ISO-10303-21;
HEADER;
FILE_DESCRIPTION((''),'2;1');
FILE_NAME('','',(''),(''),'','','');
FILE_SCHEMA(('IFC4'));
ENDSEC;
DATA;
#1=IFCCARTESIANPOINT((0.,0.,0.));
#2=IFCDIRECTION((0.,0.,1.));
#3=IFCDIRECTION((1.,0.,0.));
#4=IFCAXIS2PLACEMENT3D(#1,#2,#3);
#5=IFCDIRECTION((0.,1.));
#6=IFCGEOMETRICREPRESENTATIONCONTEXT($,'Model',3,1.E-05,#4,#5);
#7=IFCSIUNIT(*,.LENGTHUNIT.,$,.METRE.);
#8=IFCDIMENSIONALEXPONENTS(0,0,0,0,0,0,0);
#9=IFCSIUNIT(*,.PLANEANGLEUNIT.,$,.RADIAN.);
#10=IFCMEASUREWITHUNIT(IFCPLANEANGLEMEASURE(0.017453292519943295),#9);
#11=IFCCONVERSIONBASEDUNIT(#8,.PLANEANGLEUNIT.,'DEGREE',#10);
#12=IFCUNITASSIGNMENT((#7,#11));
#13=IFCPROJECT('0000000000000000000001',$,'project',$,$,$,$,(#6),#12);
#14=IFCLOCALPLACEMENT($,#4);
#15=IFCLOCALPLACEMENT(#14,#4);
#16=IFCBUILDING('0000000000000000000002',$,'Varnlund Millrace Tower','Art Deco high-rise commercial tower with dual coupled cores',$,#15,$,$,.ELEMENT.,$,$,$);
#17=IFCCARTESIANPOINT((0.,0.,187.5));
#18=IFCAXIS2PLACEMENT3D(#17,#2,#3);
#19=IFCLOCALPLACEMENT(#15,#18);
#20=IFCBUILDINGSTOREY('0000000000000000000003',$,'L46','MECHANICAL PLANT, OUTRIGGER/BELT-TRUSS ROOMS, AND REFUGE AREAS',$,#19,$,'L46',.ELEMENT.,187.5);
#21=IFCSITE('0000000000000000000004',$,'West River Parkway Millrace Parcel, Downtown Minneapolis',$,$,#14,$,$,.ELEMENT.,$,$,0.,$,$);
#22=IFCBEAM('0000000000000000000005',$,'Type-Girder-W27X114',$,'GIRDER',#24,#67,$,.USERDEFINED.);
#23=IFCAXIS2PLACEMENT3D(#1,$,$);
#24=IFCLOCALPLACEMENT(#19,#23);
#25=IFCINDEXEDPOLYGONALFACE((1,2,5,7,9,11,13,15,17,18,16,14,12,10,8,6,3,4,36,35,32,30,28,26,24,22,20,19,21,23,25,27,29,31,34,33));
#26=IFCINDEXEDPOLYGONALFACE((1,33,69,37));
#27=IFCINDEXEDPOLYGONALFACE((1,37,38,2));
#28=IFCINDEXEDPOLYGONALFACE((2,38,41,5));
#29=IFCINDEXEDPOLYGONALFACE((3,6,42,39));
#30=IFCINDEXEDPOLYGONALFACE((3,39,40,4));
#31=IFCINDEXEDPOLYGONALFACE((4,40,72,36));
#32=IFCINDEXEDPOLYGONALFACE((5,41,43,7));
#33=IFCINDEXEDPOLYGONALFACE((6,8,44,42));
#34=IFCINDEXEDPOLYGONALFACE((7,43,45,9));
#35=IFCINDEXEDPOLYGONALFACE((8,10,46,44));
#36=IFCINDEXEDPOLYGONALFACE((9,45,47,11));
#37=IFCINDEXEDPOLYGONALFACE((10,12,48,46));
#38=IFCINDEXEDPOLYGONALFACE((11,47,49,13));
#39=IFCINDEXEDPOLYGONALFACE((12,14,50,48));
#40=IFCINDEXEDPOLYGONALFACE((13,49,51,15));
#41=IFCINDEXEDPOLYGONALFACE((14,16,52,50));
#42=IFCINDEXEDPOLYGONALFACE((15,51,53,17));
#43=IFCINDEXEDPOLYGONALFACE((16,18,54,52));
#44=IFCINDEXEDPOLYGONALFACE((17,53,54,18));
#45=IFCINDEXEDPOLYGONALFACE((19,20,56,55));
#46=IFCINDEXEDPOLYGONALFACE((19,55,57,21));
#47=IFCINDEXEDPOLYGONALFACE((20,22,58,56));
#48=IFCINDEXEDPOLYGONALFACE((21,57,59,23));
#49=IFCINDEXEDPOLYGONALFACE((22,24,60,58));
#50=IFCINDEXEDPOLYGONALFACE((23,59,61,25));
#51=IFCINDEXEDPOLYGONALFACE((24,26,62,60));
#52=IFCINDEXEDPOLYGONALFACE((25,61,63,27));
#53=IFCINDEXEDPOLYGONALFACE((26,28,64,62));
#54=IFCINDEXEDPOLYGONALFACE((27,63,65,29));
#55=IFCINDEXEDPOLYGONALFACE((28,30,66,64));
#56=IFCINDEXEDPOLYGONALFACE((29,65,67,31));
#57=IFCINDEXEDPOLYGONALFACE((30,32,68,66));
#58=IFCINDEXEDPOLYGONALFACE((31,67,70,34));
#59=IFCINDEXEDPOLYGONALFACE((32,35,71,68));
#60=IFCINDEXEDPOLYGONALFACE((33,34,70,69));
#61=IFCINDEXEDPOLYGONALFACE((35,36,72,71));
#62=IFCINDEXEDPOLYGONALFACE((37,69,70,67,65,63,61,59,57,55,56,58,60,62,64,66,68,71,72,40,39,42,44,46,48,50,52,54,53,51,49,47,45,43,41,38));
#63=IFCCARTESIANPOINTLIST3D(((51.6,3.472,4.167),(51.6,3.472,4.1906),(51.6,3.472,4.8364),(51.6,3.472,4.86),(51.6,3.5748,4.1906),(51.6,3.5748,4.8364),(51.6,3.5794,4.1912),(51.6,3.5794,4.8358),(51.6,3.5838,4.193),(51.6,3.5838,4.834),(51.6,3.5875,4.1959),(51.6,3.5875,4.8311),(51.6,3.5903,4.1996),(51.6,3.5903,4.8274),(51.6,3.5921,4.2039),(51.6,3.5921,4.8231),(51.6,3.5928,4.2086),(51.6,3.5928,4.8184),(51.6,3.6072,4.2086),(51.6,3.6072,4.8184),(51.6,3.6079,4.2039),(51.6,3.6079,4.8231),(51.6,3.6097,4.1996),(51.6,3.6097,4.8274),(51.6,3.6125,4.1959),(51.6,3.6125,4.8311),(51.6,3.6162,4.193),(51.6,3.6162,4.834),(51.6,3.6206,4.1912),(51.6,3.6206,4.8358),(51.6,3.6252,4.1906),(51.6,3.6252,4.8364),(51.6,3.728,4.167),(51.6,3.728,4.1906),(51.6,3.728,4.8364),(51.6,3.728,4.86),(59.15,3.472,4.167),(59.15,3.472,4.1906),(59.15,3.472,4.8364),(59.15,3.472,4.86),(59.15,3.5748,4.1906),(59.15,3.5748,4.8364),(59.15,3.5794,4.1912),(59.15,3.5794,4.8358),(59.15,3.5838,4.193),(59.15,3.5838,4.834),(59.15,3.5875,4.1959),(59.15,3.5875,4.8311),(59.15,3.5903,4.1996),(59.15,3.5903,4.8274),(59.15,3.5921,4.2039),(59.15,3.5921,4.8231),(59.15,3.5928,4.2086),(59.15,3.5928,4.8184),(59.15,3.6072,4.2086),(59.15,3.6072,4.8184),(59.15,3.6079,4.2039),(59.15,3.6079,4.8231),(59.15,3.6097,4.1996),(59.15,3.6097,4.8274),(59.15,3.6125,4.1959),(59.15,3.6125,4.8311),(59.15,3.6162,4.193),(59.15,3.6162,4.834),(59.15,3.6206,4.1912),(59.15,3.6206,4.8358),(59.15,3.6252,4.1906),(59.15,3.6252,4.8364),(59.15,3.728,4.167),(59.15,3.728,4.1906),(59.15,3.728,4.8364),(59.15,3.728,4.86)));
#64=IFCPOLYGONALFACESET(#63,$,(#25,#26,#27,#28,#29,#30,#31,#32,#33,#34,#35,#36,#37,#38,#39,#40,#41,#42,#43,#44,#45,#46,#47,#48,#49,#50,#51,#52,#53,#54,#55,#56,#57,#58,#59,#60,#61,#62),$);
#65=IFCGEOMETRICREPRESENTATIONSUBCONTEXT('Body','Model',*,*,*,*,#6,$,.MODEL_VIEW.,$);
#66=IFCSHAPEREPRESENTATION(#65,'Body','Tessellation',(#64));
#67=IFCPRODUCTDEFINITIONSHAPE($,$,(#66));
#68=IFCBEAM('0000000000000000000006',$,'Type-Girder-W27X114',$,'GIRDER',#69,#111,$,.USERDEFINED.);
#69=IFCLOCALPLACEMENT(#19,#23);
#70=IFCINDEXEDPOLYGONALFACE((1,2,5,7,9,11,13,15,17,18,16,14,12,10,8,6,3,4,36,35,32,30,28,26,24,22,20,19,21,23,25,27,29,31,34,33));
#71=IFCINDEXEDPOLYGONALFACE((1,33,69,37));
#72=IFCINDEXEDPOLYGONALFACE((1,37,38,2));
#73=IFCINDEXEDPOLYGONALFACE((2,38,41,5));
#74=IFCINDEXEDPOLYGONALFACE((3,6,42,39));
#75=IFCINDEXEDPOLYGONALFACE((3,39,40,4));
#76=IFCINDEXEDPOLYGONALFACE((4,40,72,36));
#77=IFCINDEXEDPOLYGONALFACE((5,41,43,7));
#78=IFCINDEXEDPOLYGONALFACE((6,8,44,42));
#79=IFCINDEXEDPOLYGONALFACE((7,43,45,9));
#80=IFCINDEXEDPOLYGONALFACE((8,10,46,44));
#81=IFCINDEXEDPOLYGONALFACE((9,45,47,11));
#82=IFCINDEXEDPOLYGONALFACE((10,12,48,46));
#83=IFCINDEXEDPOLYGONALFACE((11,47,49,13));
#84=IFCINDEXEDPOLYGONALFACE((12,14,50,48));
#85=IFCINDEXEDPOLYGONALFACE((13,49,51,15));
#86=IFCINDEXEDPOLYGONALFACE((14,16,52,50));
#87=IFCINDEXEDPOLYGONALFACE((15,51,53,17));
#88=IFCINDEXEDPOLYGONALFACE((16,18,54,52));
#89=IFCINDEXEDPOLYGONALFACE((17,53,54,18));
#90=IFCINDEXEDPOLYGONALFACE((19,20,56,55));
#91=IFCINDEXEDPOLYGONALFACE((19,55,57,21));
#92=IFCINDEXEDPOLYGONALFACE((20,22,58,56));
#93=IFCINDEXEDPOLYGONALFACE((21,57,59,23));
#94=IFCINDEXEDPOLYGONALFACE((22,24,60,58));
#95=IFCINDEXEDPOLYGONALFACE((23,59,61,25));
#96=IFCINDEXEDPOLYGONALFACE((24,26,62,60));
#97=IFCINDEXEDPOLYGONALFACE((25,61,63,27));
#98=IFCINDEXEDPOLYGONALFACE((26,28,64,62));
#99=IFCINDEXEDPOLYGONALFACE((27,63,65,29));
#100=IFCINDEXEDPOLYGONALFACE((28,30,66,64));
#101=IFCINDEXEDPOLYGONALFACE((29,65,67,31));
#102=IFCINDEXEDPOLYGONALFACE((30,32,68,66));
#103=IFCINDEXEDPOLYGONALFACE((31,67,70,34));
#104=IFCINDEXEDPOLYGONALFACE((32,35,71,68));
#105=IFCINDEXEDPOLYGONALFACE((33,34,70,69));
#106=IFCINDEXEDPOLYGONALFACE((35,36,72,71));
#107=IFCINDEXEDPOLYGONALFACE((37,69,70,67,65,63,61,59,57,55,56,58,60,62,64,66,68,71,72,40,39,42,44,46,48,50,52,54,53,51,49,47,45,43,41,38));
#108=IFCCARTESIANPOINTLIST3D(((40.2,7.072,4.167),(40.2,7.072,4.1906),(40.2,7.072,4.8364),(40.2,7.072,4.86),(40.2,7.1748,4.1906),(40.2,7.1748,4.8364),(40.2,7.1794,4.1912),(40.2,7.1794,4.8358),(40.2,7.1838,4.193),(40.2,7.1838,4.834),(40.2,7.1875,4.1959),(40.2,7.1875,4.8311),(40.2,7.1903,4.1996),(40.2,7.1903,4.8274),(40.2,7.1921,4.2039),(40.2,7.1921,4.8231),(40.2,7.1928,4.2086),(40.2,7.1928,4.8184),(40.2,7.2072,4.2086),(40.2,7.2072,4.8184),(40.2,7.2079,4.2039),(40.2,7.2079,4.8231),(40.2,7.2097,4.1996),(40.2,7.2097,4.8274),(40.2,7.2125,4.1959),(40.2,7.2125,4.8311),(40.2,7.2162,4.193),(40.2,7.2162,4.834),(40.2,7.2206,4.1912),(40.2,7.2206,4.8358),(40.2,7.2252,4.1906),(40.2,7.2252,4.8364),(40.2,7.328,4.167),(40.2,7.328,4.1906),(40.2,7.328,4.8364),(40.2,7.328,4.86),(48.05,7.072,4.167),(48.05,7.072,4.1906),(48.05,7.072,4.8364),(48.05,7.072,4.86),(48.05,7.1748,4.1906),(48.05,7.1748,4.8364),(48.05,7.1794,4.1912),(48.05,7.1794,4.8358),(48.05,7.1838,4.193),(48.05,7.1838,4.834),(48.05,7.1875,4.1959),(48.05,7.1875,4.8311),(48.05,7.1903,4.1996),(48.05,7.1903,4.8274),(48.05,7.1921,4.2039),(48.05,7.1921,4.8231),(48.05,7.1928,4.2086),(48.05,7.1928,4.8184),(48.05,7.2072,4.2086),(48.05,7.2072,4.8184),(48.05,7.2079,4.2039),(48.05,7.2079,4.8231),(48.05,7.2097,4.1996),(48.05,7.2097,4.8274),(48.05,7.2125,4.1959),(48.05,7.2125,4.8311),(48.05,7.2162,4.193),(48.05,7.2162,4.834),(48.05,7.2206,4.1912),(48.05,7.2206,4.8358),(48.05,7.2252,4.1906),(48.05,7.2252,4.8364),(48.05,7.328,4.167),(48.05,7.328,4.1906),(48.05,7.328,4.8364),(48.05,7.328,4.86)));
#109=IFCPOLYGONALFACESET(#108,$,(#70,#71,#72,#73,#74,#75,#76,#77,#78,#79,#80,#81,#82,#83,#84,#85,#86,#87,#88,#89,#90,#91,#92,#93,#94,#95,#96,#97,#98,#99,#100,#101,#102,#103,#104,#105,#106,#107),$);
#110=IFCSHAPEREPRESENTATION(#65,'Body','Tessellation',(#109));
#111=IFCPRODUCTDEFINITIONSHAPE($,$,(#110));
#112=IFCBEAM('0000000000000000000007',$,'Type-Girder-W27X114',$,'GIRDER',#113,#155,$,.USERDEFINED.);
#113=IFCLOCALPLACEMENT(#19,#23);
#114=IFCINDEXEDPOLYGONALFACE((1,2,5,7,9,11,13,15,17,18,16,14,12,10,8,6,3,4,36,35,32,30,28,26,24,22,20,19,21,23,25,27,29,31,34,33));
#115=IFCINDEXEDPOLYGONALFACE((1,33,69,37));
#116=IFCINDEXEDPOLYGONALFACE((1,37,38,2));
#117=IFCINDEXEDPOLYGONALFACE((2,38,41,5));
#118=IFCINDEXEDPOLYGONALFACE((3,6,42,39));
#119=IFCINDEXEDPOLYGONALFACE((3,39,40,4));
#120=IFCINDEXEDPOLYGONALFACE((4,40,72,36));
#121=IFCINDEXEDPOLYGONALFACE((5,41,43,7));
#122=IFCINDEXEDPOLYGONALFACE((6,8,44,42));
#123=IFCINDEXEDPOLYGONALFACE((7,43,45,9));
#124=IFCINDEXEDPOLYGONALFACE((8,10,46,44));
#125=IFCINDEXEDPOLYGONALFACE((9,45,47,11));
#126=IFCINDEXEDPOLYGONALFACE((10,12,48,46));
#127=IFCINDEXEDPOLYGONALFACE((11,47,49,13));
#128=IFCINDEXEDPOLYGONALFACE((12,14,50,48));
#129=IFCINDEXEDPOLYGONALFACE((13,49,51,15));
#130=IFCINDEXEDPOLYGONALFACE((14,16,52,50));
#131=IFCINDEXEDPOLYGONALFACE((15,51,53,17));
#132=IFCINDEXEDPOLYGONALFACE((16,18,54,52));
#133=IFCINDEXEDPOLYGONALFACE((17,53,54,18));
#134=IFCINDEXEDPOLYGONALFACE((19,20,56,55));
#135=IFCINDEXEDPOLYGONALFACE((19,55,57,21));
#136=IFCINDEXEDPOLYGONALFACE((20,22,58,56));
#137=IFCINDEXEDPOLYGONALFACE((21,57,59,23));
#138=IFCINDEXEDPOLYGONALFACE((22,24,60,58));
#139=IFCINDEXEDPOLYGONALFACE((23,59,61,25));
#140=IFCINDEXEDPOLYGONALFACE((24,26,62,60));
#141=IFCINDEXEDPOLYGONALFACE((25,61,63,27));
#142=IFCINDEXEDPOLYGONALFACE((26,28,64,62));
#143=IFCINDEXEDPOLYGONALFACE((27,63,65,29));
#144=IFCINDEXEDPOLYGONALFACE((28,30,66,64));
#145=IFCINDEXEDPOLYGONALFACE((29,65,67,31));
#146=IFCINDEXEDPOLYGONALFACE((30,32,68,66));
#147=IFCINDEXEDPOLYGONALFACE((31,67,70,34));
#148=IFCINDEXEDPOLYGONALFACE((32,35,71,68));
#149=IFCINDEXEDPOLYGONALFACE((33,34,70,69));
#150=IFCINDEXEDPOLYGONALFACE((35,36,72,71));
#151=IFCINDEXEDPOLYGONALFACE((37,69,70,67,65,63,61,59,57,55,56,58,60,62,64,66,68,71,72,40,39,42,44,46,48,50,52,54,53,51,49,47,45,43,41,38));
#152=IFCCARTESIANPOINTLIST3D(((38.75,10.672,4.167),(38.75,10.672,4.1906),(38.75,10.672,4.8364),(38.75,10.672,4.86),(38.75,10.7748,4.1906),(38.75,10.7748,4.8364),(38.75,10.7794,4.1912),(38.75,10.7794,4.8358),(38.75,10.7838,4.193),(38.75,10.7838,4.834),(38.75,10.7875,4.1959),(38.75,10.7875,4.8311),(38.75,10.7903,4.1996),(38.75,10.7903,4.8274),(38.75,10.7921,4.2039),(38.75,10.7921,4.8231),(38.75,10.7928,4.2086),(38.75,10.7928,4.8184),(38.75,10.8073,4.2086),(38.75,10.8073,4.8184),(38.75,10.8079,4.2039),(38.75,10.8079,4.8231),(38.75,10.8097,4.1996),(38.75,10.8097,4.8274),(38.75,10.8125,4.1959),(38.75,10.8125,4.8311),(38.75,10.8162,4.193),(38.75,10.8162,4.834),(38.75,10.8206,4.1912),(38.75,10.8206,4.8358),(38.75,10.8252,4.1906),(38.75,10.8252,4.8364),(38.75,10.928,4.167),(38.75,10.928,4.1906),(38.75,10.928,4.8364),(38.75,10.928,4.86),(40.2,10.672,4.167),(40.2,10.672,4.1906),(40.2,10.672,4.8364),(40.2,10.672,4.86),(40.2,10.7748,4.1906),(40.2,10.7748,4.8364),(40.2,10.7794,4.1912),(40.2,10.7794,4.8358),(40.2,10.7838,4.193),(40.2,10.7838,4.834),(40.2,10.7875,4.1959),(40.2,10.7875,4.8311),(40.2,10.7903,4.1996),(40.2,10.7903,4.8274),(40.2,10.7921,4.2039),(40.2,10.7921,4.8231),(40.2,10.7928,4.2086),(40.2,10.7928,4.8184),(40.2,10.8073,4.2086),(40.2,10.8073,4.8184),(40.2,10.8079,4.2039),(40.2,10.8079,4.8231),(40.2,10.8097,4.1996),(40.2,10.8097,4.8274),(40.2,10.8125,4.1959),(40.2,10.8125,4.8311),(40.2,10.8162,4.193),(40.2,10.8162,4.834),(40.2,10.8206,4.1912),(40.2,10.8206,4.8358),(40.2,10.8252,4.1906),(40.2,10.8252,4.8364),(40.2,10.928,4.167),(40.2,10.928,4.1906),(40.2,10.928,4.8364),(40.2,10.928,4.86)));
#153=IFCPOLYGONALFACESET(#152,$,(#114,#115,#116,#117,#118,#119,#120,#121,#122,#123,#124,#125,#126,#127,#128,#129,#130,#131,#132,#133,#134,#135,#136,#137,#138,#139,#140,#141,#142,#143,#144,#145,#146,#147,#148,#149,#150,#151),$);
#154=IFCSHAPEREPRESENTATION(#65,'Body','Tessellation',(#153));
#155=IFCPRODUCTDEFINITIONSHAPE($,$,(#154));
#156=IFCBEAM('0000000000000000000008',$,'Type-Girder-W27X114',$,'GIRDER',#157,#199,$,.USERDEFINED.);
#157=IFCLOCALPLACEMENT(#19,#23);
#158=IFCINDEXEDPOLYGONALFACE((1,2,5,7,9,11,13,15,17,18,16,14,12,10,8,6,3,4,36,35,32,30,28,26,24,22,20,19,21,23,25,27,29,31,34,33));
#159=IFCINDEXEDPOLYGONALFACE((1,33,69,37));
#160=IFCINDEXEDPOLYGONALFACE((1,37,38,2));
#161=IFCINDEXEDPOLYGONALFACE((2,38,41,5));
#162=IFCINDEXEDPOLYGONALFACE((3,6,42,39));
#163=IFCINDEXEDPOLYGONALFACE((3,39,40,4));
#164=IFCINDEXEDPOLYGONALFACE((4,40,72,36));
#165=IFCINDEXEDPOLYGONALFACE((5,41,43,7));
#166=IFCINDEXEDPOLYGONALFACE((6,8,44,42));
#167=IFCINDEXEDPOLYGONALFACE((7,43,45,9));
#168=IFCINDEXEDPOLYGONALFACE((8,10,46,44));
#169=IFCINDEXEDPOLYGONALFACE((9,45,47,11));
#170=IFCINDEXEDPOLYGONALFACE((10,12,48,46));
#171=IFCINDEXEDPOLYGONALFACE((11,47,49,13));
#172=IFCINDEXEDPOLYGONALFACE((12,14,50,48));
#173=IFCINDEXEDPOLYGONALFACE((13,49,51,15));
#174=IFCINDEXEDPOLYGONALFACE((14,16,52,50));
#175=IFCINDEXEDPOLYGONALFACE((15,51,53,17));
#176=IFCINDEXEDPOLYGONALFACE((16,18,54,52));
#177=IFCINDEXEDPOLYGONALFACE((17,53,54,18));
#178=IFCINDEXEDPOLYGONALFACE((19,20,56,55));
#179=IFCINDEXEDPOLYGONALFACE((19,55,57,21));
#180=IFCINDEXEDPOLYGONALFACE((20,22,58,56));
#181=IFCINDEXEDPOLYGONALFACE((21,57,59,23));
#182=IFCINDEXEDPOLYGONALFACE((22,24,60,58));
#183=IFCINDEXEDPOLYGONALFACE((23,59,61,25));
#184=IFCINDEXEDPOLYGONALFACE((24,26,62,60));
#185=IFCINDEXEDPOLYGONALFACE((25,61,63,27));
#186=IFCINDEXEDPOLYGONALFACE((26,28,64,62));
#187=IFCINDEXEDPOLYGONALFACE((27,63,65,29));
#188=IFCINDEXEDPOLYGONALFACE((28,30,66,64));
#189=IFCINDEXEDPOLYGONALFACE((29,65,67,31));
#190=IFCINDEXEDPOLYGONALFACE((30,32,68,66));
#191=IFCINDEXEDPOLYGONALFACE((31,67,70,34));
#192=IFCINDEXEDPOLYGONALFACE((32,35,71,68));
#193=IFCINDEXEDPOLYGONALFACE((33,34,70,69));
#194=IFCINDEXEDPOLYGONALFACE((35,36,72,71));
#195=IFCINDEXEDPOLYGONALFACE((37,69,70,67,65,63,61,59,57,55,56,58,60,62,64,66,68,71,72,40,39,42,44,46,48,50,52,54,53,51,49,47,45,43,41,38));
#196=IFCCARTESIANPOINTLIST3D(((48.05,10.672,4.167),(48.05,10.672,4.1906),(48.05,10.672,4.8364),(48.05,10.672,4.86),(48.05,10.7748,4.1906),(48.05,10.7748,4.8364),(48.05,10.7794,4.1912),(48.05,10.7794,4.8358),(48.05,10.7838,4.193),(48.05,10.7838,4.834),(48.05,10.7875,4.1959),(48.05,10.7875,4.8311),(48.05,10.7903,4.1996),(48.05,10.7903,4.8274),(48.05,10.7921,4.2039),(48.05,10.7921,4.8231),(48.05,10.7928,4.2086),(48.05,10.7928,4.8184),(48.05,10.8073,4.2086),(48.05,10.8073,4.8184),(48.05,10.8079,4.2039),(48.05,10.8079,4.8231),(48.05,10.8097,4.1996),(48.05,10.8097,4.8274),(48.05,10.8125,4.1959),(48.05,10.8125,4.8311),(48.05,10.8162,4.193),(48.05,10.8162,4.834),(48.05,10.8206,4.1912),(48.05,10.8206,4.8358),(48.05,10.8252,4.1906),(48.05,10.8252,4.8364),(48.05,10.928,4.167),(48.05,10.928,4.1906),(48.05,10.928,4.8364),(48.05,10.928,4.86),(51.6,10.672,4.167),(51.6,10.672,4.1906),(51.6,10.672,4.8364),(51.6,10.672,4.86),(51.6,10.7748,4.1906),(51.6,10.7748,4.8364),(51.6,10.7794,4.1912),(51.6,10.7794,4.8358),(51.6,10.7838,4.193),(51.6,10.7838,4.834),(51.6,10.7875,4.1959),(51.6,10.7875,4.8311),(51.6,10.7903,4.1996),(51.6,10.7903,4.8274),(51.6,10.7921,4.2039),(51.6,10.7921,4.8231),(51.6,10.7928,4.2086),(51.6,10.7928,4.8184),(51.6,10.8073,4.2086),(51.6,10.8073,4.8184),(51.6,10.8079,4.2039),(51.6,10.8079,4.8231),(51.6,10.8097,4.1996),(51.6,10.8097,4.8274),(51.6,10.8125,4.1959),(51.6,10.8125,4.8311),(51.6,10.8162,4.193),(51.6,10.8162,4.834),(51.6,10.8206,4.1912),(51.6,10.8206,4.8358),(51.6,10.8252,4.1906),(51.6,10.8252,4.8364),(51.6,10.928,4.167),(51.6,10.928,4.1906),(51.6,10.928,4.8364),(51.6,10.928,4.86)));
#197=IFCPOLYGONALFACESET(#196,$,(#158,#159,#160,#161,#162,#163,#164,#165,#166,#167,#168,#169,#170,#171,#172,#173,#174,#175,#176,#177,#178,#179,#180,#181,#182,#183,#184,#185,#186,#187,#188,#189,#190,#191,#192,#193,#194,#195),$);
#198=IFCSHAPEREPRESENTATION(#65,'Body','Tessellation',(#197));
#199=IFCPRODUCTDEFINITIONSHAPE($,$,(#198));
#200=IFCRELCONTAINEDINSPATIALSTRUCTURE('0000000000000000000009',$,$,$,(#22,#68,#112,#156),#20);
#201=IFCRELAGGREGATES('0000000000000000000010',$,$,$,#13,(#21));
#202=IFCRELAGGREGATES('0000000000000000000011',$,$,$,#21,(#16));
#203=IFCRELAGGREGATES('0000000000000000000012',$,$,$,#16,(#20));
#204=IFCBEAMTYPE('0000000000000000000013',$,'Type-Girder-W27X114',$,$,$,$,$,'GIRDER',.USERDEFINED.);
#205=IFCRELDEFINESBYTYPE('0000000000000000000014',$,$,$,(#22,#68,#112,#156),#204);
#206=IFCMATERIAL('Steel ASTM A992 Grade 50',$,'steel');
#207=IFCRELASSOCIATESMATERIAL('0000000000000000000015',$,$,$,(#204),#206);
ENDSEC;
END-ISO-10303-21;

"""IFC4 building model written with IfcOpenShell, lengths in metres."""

from ifc_helpers import new_model, entity, si_unit, converted_unit, direction, frame, origin_with_axes, origin_2d_with_axis, place, context, subcontext, project, spatial, i_section, extrude, material, material_profile, profile_set, type_object, element, save


model = new_model("IFC4")

# Units and contexts
model_context = context("Model", 3, precision=1e-05, world=origin_with_axes(), true_north=direction((0.0, 1.0)))
body_context = subcontext(model_context, "Body", "Model", "MODEL_VIEW")
ifc_project = project(units=[si_unit("LENGTHUNIT", "METRE"), converted_unit("PLANEANGLEUNIT", "DEGREE", entity("IfcPlaneAngleMeasure", 0.017453292519943295), si_unit("PLANEANGLEUNIT", "RADIAN"), dimensions=[0, 0, 0, 0, 0, 0, 0])], contexts=[model_context])

# Site, building, storey
site_placement = place(None, origin_with_axes())
site = spatial("IfcSite", under=ifc_project, at=site_placement, Name="West River Parkway Millrace Parcel, Downtown Minneapolis", CompositionType="ELEMENT", RefElevation=0.0)
building_placement = place(site_placement, origin_with_axes())
building = spatial("IfcBuilding", under=site, at=building_placement, Name="Varnlund Millrace Tower", Description="Art Deco high-rise commercial tower with dual coupled cores", CompositionType="ELEMENT")
storey_placement = place(building_placement, frame((0.0, 0.0, 187.5), z_axis=(0.0, 0.0, 1.0), x_axis=(1.0, 0.0, 0.0)))
storey = spatial("IfcBuildingStorey", under=building, at=storey_placement, Name="L46", Description="MECHANICAL PLANT, OUTRIGGER/BELT-TRUSS ROOMS, AND REFUGE AREAS", LongName="L46", CompositionType="ELEMENT", Elevation=187.5)

# Beams
ifc_material_1 = material(Name="Steel ASTM A992 Grade 50", Category="steel")
ifc_material_profile_1 = material_profile(ifc_material_1, i_section(OverallWidth=0.256, OverallDepth=0.693, WebThickness=0.0145, FlangeThickness=0.0236, FilletRadius=0.018, at=origin_2d_with_axis()), Name="Steel ASTM A992 Grade 50")
ifc_profile_set_1 = profile_set([ifc_material_profile_1], Name="Steel ASTM A992 Grade 50")
beam_type_1 = type_object("IfcBeamType", Name="Type-Girder-W27X114", ElementType="GIRDER", PredefinedType="USERDEFINED", material=ifc_profile_set_1)
beam_1_placement = place(storey_placement, frame((51.6, 3.6, 4.5135), z_axis=(1.0, 0.0, 0.0), x_axis=(0.0, 1.0, 0.0)))
element("IfcBeam", 1, at=beam_1_placement, inside=storey, type_object=beam_type_1, Name="Type-Girder-W27X114", ObjectType="GIRDER", PredefinedType="USERDEFINED", context=body_context, shape_type="SweptSolid", body=[
    extrude(i_section(OverallWidth=0.256, OverallDepth=0.693, WebThickness=0.0145, FlangeThickness=0.0236, FilletRadius=0.018, at=origin_2d_with_axis()), origin_with_axes(), (0.0, 0.0, 1.0), 7.55),
])
beam_2_placement = place(storey_placement, frame((40.2, 7.2, 4.5135), z_axis=(1.0, 0.0, 0.0), x_axis=(0.0, 1.0, 0.0)))
element("IfcBeam", 2, at=beam_2_placement, inside=storey, type_object=beam_type_1, Name="Type-Girder-W27X114", ObjectType="GIRDER", PredefinedType="USERDEFINED", context=body_context, shape_type="SweptSolid", body=[
    extrude(i_section(OverallWidth=0.256, OverallDepth=0.693, WebThickness=0.0145, FlangeThickness=0.0236, FilletRadius=0.018, at=origin_2d_with_axis()), origin_with_axes(), (0.0, 0.0, 1.0), 7.85),
])
beam_3_placement = place(storey_placement, frame((38.75, 10.8, 4.5135), z_axis=(1.0, 0.0, 0.0), x_axis=(0.0, 1.0, 0.0)))
element("IfcBeam", 3, at=beam_3_placement, inside=storey, type_object=beam_type_1, Name="Type-Girder-W27X114", ObjectType="GIRDER", PredefinedType="USERDEFINED", context=body_context, shape_type="SweptSolid", body=[
    extrude(i_section(OverallWidth=0.256, OverallDepth=0.693, WebThickness=0.0145, FlangeThickness=0.0236, FilletRadius=0.018, at=origin_2d_with_axis()), origin_with_axes(), (0.0, 0.0, 1.0), 1.45),
])
beam_4_placement = place(storey_placement, frame((48.05, 10.8, 4.5135), z_axis=(1.0, 0.0, 0.0), x_axis=(0.0, 1.0, 0.0)))
element("IfcBeam", 4, at=beam_4_placement, inside=storey, type_object=beam_type_1, Name="Type-Girder-W27X114", ObjectType="GIRDER", PredefinedType="USERDEFINED", context=body_context, shape_type="SweptSolid", body=[
    extrude(i_section(OverallWidth=0.256, OverallDepth=0.693, WebThickness=0.0145, FlangeThickness=0.0236, FilletRadius=0.018, at=origin_2d_with_axis()), origin_with_axes(), (0.0, 0.0, 1.0), 3.55),
])

save(model, "model.ifc")
